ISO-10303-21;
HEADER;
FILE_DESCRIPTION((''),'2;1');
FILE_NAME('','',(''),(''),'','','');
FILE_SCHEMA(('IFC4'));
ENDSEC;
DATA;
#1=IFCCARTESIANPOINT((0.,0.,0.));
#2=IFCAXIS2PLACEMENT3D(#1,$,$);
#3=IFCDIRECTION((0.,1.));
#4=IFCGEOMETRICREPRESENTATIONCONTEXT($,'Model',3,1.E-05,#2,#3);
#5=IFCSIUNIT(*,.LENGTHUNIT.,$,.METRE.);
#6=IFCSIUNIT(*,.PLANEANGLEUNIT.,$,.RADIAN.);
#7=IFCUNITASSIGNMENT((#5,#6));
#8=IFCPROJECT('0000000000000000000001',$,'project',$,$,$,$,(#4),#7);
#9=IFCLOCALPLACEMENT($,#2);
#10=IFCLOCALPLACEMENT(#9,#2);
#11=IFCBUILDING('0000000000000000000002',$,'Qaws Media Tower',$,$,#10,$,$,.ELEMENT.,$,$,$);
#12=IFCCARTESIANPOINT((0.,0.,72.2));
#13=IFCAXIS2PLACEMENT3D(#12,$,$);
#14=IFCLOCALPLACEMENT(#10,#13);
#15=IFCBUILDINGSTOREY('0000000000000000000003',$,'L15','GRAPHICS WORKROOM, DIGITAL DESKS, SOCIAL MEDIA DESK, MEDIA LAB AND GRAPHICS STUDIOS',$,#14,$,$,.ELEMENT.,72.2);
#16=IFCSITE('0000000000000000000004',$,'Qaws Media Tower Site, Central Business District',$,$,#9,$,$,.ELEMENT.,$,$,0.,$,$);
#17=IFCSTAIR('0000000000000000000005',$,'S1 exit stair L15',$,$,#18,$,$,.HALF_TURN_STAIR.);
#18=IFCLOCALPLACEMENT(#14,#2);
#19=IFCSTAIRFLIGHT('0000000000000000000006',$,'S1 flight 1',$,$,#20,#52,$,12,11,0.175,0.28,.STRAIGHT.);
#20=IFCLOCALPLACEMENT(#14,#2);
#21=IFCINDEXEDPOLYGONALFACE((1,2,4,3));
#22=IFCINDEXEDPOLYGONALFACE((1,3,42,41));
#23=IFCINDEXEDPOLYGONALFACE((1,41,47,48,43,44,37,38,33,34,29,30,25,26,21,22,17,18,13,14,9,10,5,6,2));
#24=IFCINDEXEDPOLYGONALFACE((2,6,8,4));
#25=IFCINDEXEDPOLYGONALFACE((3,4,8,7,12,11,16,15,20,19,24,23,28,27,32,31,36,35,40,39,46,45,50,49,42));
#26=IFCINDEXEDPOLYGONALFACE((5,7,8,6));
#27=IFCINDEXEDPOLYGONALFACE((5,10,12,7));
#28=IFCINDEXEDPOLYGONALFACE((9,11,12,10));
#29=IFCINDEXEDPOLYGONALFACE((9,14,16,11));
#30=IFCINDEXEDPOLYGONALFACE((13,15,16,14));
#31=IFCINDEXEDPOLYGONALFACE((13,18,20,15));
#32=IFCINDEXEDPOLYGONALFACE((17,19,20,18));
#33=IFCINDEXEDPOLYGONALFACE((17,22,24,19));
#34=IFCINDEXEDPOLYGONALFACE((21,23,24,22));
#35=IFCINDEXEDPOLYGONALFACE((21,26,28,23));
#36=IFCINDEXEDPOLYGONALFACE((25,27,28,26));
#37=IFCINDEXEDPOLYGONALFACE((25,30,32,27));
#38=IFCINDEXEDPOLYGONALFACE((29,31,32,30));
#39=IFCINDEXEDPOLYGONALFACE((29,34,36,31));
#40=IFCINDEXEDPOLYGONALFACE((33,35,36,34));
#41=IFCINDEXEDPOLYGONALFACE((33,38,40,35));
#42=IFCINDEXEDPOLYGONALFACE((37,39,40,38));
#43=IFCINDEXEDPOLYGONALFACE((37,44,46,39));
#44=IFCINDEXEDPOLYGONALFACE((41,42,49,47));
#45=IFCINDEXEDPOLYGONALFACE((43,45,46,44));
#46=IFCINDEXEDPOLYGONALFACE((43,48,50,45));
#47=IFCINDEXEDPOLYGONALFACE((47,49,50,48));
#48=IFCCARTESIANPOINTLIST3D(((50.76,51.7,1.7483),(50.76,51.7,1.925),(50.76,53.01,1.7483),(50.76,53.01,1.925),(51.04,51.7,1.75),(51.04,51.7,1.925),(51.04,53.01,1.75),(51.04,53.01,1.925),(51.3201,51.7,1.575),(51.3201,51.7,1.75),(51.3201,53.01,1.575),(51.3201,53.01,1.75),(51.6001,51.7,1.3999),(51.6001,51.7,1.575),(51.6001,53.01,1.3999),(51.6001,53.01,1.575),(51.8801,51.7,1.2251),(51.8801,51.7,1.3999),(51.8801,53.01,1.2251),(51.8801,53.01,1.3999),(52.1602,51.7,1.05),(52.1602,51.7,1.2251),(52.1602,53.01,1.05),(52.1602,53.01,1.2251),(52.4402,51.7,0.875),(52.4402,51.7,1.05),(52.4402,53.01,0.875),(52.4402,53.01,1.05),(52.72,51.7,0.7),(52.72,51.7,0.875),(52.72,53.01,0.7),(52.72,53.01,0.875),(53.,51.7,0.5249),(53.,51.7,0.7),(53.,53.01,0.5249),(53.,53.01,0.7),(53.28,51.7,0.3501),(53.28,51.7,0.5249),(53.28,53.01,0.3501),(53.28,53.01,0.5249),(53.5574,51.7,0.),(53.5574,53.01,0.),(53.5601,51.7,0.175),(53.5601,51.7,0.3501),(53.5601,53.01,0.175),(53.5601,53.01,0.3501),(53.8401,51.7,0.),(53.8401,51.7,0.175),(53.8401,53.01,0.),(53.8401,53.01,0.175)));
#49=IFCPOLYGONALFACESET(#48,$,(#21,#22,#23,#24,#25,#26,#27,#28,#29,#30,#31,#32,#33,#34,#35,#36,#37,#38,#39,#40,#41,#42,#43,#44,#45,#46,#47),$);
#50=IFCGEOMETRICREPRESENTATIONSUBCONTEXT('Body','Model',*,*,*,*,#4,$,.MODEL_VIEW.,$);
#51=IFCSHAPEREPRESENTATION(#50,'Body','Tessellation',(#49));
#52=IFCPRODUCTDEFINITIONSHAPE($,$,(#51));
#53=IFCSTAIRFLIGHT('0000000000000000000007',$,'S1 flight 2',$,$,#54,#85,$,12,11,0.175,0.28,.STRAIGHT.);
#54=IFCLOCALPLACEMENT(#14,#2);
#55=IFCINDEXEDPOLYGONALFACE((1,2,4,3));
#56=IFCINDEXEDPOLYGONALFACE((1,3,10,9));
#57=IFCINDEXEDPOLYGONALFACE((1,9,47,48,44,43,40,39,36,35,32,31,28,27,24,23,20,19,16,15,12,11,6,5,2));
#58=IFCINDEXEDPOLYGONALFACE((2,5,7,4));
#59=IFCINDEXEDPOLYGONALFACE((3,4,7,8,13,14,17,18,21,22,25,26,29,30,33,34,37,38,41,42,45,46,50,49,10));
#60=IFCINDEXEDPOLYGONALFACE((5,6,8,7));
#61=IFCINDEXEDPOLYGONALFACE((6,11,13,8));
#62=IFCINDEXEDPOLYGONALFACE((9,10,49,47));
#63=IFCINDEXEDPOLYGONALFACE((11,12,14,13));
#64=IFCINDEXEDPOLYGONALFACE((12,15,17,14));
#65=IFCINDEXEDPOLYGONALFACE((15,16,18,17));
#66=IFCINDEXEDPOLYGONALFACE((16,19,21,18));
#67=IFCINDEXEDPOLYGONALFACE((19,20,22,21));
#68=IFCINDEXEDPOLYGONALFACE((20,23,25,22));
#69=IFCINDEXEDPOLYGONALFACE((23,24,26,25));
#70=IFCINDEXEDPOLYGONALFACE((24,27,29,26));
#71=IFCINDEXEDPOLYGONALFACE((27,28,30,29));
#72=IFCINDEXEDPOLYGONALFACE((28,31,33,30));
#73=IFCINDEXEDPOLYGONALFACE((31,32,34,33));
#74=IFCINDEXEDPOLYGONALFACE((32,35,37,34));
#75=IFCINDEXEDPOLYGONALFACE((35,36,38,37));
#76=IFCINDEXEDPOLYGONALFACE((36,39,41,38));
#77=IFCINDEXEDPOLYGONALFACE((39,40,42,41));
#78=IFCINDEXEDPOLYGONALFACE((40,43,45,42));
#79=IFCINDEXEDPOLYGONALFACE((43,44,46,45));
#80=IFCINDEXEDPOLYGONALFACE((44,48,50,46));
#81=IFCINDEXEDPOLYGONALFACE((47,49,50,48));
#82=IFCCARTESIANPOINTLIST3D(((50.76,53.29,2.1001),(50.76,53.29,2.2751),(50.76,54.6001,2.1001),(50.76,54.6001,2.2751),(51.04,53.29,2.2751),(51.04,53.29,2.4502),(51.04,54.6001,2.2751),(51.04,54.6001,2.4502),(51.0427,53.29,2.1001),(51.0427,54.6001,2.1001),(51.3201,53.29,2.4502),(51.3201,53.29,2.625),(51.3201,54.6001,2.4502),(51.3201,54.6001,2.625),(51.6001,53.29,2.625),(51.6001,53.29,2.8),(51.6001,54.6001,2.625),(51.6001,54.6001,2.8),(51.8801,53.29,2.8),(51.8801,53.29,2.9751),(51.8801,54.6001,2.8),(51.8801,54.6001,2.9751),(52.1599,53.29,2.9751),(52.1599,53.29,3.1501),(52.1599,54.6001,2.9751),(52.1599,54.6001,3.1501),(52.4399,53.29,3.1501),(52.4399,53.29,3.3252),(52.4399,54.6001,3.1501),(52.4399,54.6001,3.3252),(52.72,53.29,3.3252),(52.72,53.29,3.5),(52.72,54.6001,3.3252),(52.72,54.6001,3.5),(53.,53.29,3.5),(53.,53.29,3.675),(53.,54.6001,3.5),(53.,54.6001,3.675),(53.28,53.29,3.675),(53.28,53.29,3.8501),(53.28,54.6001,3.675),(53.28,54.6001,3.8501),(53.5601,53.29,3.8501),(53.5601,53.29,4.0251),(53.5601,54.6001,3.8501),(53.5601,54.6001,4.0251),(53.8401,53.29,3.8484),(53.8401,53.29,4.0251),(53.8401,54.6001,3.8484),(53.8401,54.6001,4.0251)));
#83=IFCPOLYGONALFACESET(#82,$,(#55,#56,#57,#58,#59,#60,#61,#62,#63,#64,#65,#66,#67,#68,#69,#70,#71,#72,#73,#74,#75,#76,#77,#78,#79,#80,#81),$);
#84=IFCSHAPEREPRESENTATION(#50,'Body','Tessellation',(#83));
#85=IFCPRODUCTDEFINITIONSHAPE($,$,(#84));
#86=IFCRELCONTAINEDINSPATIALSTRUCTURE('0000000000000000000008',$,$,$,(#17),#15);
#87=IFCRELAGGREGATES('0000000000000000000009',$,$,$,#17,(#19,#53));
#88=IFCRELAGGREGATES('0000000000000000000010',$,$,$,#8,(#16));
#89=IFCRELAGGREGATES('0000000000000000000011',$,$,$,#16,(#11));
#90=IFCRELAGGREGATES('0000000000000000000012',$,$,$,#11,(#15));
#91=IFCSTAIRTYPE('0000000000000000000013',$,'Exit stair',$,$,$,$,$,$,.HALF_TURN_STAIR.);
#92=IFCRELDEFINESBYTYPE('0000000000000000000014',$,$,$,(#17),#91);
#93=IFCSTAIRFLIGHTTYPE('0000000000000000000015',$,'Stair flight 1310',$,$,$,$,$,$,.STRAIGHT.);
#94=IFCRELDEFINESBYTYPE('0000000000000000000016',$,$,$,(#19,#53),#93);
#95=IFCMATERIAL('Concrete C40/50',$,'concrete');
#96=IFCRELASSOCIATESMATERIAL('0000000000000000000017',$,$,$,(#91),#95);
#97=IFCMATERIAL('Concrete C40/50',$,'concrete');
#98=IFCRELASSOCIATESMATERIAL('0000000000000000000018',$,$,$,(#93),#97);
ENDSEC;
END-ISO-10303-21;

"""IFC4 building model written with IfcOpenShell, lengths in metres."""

from ifc_helpers import new_model, si_unit, direction, frame, origin, place, context, subcontext, project, spatial, polyline, outline, extrude, material, type_object, element, aggregate, save


model = new_model("IFC4")

# Units and contexts
model_context = context("Model", 3, precision=1e-05, world=origin(), true_north=direction((0.0, 1.0)))
body_context = subcontext(model_context, "Body", "Model", "MODEL_VIEW")
ifc_project = project(units=[si_unit("LENGTHUNIT", "METRE"), si_unit("PLANEANGLEUNIT", "RADIAN")], contexts=[model_context])

# Site, building, storey
site_placement = place(None, origin())
site = spatial("IfcSite", under=ifc_project, at=site_placement, Name="Qaws Media Tower Site, Central Business District", CompositionType="ELEMENT", RefElevation=0.0)
building_placement = place(site_placement, origin())
building = spatial("IfcBuilding", under=site, at=building_placement, Name="Qaws Media Tower", CompositionType="ELEMENT")
storey_placement = place(building_placement, frame((0.0, 0.0, 72.2)))
storey = spatial("IfcBuildingStorey", under=building, at=storey_placement, Name="L15", Description="GRAPHICS WORKROOM, DIGITAL DESKS, SOCIAL MEDIA DESK, MEDIA LAB AND GRAPHICS STUDIOS", CompositionType="ELEMENT", Elevation=72.2)

# Stair, stair flights
ifc_material_1 = material(Name="Concrete C40/50", Category="concrete")
stair_type = type_object("IfcStairType", Name="Exit stair", PredefinedType="HALF_TURN_STAIR", material=ifc_material_1)
stair_placement = place(storey_placement, origin())
stair = element("IfcStair", 1, at=stair_placement, inside=storey, type_object=stair_type, Name="S1 exit stair L15", PredefinedType="HALF_TURN_STAIR")
ifc_material_2 = material(Name="Concrete C40/50", Category="concrete")
stair_flight_type = type_object("IfcStairFlightType", Name="Stair flight 1310", PredefinedType="STRAIGHT", material=ifc_material_2)
stair_flight_1_placement = place(storey_placement, frame((53.8401, 52.355, 0.0), z_axis=(0.0, 0.0, 1.0), x_axis=(-1.0, 0.0, 0.0)))
stair_flight_1 = element("IfcStairFlight", 2, at=stair_flight_1_placement, type_object=stair_flight_type, Name="S1 flight 1", NumberOfRisers=12, NumberOfTreads=11, PredefinedType="STRAIGHT", RiserHeight=0.175, TreadLength=0.28, context=body_context, shape_type="SweptSolid", body=[
    extrude(outline(polyline([(0.0, 0.0), (0.0, 0.175), (0.28, 0.175), (0.28, 0.3501), (0.5601, 0.3501), (0.5601, 0.5249), (0.8401, 0.5249), (0.8401, 0.7), (1.1201, 0.7), (1.1201, 0.875), (1.3999, 0.875), (1.3999, 1.05), (1.6799, 1.05), (1.6799, 1.2251), (1.96, 1.2251), (1.96, 1.3999), (2.24, 1.3999), (2.24, 1.575), (2.52, 1.575), (2.52, 1.75), (2.8, 1.75), (2.8, 1.925), (3.0801, 1.925), (3.0801, 2.1001), (3.0801, 1.7483), (0.2827, 0.0), (0.0, 0.0)])), frame((0.0, 0.655, 0.0), z_axis=(0.0, -1.0, 0.0), x_axis=(1.0, 0.0, 0.0)), (0.0, 0.0, 1.0), 1.3101),
])
stair_flight_2_placement = place(storey_placement, frame((50.76, 53.9451, 2.1001), z_axis=(0.0, 0.0, 1.0), x_axis=(1.0, 0.0, 0.0)))
stair_flight_2 = element("IfcStairFlight", 3, at=stair_flight_2_placement, type_object=stair_flight_type, Name="S1 flight 2", NumberOfRisers=12, NumberOfTreads=11, PredefinedType="STRAIGHT", RiserHeight=0.175, TreadLength=0.28, context=body_context, shape_type="SweptSolid", body=[
    extrude(outline(polyline([(0.0, 0.0), (0.0, 0.175), (0.28, 0.175), (0.28, 0.3501), (0.5601, 0.3501), (0.5601, 0.5249), (0.8401, 0.5249), (0.8401, 0.7), (1.1201, 0.7), (1.1201, 0.875), (1.3999, 0.875), (1.3999, 1.05), (1.6799, 1.05), (1.6799, 1.2251), (1.96, 1.2251), (1.96, 1.3999), (2.24, 1.3999), (2.24, 1.575), (2.52, 1.575), (2.52, 1.75), (2.8, 1.75), (2.8, 1.925), (3.0801, 1.925), (3.0801, 2.1001), (3.0801, 1.7483), (0.2827, 0.0), (0.0, 0.0)])), frame((0.0, 0.655, 0.0), z_axis=(0.0, -1.0, 0.0), x_axis=(1.0, 0.0, 0.0)), (0.0, 0.0, 1.0), 1.3101),
])
aggregate(stair, [stair_flight_1, stair_flight_2])

save(model, "model.ifc")
